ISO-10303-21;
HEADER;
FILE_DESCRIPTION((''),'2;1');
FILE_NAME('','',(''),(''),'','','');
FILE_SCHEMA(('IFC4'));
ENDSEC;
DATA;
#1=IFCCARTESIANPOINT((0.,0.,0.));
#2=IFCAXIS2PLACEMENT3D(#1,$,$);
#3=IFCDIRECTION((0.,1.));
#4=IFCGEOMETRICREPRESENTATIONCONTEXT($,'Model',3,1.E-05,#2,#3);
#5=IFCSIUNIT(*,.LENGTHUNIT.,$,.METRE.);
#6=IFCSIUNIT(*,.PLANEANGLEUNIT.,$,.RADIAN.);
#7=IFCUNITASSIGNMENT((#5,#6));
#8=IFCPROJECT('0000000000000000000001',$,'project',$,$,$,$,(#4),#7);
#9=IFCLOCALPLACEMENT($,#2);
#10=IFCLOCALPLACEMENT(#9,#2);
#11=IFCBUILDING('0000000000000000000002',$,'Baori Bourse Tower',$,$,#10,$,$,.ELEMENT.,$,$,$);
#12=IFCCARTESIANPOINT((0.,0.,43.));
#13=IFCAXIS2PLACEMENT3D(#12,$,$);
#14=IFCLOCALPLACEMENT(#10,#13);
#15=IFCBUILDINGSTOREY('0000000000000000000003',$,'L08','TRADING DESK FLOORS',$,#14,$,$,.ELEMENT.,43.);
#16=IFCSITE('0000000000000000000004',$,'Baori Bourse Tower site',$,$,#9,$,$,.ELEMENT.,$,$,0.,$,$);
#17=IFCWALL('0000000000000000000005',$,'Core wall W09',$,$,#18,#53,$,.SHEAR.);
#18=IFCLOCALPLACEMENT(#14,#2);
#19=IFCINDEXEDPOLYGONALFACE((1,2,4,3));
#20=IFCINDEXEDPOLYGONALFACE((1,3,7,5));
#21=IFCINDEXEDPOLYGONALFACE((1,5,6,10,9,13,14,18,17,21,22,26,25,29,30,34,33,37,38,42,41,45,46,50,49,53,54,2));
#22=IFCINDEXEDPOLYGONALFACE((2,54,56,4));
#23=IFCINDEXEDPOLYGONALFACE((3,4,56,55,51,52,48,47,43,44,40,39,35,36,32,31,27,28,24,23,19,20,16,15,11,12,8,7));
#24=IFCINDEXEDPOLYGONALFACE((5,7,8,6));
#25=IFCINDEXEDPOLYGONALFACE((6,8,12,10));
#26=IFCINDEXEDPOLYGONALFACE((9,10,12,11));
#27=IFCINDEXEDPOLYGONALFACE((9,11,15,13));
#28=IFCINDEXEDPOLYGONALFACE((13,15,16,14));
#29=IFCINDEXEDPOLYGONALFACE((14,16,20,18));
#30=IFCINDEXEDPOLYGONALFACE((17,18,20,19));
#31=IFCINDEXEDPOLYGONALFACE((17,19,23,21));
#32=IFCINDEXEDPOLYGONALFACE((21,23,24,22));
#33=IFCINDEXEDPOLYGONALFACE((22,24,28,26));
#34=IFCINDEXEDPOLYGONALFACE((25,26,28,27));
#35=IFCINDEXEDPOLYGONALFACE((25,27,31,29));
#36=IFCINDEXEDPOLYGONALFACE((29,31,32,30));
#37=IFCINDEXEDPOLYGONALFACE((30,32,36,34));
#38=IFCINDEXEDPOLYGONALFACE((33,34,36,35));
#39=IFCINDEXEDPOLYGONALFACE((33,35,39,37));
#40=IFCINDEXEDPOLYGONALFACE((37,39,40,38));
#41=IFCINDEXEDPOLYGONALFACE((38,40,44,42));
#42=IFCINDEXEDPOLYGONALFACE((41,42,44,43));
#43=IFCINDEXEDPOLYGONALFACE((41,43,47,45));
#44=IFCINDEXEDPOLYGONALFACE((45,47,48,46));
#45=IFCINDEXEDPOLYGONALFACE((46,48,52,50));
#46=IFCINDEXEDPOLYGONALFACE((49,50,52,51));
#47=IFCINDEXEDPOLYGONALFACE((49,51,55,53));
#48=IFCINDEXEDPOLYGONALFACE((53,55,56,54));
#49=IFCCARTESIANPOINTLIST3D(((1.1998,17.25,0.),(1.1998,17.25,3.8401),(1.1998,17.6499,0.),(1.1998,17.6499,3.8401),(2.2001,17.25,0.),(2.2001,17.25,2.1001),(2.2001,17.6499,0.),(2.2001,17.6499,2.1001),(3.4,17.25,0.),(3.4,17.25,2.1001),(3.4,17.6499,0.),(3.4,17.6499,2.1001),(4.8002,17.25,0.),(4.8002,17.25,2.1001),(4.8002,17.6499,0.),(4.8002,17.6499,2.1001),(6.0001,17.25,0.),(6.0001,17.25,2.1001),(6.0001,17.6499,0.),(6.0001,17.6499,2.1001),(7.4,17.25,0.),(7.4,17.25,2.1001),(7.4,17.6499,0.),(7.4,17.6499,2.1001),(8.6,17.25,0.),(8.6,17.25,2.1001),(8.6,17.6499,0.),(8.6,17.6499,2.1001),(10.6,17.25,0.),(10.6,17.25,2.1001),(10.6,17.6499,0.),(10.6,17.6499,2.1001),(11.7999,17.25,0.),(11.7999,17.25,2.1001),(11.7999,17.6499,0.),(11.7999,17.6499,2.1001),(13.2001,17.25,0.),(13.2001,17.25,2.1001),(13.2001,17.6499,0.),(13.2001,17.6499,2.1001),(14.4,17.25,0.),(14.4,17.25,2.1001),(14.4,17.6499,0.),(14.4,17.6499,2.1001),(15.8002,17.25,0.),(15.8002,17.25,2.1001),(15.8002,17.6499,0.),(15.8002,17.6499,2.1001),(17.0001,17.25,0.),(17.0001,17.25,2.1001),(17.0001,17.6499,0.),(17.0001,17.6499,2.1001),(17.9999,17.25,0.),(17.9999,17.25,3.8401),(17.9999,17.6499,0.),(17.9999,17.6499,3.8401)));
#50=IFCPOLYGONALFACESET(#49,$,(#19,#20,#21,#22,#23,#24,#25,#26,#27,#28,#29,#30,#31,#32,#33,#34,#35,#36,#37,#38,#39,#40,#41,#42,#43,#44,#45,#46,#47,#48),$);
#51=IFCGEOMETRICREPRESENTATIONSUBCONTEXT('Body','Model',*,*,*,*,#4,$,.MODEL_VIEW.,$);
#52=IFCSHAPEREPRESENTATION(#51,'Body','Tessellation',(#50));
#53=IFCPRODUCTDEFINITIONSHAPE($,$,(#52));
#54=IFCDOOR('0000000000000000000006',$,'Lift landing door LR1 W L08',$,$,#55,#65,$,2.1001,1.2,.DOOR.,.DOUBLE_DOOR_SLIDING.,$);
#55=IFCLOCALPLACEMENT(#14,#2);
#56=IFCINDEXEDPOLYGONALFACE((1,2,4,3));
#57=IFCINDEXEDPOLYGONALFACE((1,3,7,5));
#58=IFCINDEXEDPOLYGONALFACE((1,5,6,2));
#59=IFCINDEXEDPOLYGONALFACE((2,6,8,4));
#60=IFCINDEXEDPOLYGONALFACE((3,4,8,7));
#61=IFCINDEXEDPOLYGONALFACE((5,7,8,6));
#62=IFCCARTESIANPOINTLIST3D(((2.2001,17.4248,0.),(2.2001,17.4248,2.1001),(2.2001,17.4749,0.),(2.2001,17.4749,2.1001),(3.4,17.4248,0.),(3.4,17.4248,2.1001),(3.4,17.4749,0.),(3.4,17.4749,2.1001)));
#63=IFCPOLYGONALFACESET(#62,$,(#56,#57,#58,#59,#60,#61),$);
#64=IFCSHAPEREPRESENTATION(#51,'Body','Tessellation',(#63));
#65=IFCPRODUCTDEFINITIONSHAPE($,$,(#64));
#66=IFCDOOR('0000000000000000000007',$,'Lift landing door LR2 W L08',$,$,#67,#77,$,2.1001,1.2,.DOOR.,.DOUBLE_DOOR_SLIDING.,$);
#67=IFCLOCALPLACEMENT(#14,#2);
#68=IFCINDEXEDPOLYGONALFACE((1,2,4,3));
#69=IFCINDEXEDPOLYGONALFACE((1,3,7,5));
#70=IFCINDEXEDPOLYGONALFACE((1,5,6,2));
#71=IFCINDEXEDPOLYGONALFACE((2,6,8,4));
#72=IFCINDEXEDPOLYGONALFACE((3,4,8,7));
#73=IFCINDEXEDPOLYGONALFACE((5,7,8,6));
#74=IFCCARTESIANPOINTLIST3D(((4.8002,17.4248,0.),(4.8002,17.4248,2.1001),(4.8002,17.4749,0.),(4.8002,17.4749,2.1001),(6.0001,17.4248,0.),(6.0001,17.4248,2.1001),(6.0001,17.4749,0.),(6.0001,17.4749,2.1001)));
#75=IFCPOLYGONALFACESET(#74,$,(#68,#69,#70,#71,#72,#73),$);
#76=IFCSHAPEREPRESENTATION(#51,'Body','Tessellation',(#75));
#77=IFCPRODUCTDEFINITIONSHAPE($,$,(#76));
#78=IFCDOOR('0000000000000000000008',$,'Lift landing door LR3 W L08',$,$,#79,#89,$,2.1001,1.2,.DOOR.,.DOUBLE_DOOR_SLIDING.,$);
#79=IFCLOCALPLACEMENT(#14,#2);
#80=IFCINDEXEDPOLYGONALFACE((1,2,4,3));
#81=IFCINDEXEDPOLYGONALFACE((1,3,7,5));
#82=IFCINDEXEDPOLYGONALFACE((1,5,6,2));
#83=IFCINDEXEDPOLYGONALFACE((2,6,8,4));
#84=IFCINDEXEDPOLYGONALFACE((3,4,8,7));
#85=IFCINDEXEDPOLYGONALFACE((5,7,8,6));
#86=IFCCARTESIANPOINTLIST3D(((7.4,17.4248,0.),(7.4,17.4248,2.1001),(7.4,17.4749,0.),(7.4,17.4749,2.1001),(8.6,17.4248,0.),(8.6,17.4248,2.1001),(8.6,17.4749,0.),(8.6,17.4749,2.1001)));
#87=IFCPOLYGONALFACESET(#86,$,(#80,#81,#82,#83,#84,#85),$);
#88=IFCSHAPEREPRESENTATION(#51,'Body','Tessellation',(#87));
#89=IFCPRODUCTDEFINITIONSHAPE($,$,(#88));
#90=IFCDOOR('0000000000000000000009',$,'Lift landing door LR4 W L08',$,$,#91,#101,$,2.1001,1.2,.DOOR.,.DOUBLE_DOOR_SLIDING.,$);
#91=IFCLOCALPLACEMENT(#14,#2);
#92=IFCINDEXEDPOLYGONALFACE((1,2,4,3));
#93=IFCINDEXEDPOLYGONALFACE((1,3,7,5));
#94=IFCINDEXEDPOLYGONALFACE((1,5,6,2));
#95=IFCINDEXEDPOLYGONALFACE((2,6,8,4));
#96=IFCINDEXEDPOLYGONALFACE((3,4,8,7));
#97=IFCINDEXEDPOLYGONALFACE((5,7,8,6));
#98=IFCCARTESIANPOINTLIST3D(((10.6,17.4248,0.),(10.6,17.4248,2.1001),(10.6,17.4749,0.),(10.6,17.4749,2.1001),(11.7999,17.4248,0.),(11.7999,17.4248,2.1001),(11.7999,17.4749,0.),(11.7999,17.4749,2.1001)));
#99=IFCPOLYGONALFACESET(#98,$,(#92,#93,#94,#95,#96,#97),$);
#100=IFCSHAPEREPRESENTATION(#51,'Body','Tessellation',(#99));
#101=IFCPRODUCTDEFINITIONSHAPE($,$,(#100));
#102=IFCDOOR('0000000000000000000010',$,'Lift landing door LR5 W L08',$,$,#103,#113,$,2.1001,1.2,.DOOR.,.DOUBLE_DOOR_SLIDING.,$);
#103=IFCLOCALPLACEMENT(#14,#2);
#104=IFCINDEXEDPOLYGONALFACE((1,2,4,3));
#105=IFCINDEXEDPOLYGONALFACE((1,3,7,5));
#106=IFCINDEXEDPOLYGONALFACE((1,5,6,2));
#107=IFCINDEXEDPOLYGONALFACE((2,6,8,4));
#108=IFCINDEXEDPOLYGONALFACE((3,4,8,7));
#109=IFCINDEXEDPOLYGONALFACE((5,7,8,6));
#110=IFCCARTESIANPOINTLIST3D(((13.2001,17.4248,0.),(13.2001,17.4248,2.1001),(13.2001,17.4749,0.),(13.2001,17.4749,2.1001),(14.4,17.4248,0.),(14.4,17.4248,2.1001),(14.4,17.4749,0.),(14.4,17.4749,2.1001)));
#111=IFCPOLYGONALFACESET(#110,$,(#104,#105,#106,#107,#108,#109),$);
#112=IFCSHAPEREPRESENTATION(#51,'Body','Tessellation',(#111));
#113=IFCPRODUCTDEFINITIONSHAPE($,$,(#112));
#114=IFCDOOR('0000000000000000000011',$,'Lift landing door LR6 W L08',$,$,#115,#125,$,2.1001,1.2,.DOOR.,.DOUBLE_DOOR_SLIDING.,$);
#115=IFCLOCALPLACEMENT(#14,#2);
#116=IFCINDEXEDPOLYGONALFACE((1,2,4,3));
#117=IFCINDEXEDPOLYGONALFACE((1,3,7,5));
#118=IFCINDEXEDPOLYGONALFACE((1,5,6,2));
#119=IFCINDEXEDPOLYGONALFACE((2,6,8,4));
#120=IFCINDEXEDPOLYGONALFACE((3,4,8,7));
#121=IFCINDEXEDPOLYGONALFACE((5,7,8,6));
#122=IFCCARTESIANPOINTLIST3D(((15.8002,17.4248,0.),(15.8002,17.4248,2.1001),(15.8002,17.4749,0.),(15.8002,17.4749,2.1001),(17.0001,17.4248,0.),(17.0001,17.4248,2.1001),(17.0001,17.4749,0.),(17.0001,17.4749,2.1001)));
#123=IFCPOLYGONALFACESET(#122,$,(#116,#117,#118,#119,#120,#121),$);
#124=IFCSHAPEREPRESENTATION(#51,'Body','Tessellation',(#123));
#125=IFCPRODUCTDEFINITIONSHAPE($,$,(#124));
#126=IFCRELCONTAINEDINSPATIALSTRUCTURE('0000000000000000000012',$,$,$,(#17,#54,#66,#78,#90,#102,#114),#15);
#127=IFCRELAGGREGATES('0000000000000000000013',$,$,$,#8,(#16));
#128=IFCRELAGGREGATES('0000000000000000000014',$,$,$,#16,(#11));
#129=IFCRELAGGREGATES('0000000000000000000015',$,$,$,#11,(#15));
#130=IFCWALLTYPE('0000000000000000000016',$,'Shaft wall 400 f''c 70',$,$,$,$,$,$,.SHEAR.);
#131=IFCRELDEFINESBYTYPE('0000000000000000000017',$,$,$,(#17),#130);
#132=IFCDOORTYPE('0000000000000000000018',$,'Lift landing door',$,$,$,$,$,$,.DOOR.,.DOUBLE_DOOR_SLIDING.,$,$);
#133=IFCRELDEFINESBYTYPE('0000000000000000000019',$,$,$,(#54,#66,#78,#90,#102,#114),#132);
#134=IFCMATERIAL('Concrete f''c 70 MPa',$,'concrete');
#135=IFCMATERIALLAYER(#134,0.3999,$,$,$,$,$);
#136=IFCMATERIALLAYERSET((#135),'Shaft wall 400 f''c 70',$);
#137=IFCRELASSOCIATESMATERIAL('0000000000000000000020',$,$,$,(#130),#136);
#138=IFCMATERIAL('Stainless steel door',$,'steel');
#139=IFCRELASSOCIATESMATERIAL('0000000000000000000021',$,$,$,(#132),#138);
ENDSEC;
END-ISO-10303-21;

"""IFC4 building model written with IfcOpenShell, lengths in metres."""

from ifc_helpers import new_model, si_unit, direction, frame, frame_2d, origin, place, context, subcontext, project, spatial, rectangle, extrude, material, layer, layer_set, type_object, element, fill, save


model = new_model("IFC4")

# Units and contexts
model_context = context("Model", 3, precision=1e-05, world=origin(), true_north=direction((0.0, 1.0)))
body_context = subcontext(model_context, "Body", "Model", "MODEL_VIEW")
ifc_project = project(units=[si_unit("LENGTHUNIT", "METRE"), si_unit("PLANEANGLEUNIT", "RADIAN")], contexts=[model_context])

# Site, building, storey
site_placement = place(None, origin())
site = spatial("IfcSite", under=ifc_project, at=site_placement, Name="Baori Bourse Tower site", CompositionType="ELEMENT", RefElevation=0.0)
building_placement = place(site_placement, origin())
building = spatial("IfcBuilding", under=site, at=building_placement, Name="Baori Bourse Tower", CompositionType="ELEMENT")
storey_placement = place(building_placement, frame((0.0, 0.0, 43.0)))
storey = spatial("IfcBuildingStorey", under=building, at=storey_placement, Name="L08", Description="TRADING DESK FLOORS", CompositionType="ELEMENT", Elevation=43.0)

# Shared definitions
ifc_material_1 = material(Name="Concrete f'c 70 MPa", Category="concrete")
ifc_layer_1 = layer(ifc_material_1, 0.3999)
ifc_layer_set_1 = layer_set([ifc_layer_1], Name="Shaft wall 400 f'c 70")
wall_type_1 = type_object("IfcWallType", Name="Shaft wall 400 f'c 70", PredefinedType="SHEAR", material=ifc_layer_set_1)

# Wall, openings, doors
wall_1_placement = place(storey_placement, frame((1.2, 17.45, 0.0), z_axis=(0.0, 0.0, 1.0), x_axis=(1.0, 0.0, 0.0)))
wall_1 = element("IfcWall", 1, at=wall_1_placement, inside=storey, type_object=wall_type_1, Name="Core wall W09", PredefinedType="SHEAR", context=body_context, shape_type="SweptSolid", body=[
    extrude(rectangle(XDim=16.8, YDim=0.3999, at=frame_2d((8.3999, 0.0))), origin(), (0.0, 0.0, 1.0), 3.8401),
])
opening_1_placement = place(wall_1_placement, frame((1.0, 0.0, 0.0)))
opening_1 = element("IfcOpeningElement", 2, at=opening_1_placement, cuts=wall_1, PredefinedType="OPENING", context=body_context, shape_type="SweptSolid", body=[
    extrude(rectangle(XDim=1.2, YDim=2.1001, at=frame_2d((0.6001, 1.05))), frame((0.0, 0.21, 0.0), z_axis=(0.0, -1.0, 0.0), x_axis=(1.0, 0.0, 0.0)), (0.0, 0.0, 1.0), 0.4199),
])
opening_2_placement = place(wall_1_placement, frame((3.6001, 0.0, 0.0)))
opening_2 = element("IfcOpeningElement", 3, at=opening_2_placement, cuts=wall_1, PredefinedType="OPENING", context=body_context, shape_type="SweptSolid", body=[
    extrude(rectangle(XDim=1.2, YDim=2.1001, at=frame_2d((0.6001, 1.05))), frame((0.0, 0.21, 0.0), z_axis=(0.0, -1.0, 0.0), x_axis=(1.0, 0.0, 0.0)), (0.0, 0.0, 1.0), 0.4199),
])
opening_3_placement = place(wall_1_placement, frame((6.2, 0.0, 0.0)))
opening_3 = element("IfcOpeningElement", 4, at=opening_3_placement, cuts=wall_1, PredefinedType="OPENING", context=body_context, shape_type="SweptSolid", body=[
    extrude(rectangle(XDim=1.2, YDim=2.1001, at=frame_2d((0.6001, 1.05))), frame((0.0, 0.21, 0.0), z_axis=(0.0, -1.0, 0.0), x_axis=(1.0, 0.0, 0.0)), (0.0, 0.0, 1.0), 0.4199),
])
opening_4_placement = place(wall_1_placement, frame((9.3999, 0.0, 0.0)))
opening_4 = element("IfcOpeningElement", 5, at=opening_4_placement, cuts=wall_1, PredefinedType="OPENING", context=body_context, shape_type="SweptSolid", body=[
    extrude(rectangle(XDim=1.2, YDim=2.1001, at=frame_2d((0.6001, 1.05))), frame((0.0, 0.21, 0.0), z_axis=(0.0, -1.0, 0.0), x_axis=(1.0, 0.0, 0.0)), (0.0, 0.0, 1.0), 0.4199),
])
opening_5_placement = place(wall_1_placement, frame((12.0, 0.0, 0.0)))
opening_5 = element("IfcOpeningElement", 6, at=opening_5_placement, cuts=wall_1, PredefinedType="OPENING", context=body_context, shape_type="SweptSolid", body=[
    extrude(rectangle(XDim=1.2, YDim=2.1001, at=frame_2d((0.6001, 1.05))), frame((0.0, 0.21, 0.0), z_axis=(0.0, -1.0, 0.0), x_axis=(1.0, 0.0, 0.0)), (0.0, 0.0, 1.0), 0.4199),
])
opening_6_placement = place(wall_1_placement, frame((14.6001, 0.0, 0.0)))
opening_6 = element("IfcOpeningElement", 7, at=opening_6_placement, cuts=wall_1, PredefinedType="OPENING", context=body_context, shape_type="SweptSolid", body=[
    extrude(rectangle(XDim=1.2, YDim=2.1001, at=frame_2d((0.6001, 1.05))), frame((0.0, 0.21, 0.0), z_axis=(0.0, -1.0, 0.0), x_axis=(1.0, 0.0, 0.0)), (0.0, 0.0, 1.0), 0.4199),
])
ifc_material_2 = material(Name="Stainless steel door", Category="steel")
door_type_1 = type_object("IfcDoorType", Name="Lift landing door", OperationType="DOUBLE_DOOR_SLIDING", PredefinedType="DOOR", material=ifc_material_2)
door_1_placement = place(opening_1_placement, origin())
door_1 = element("IfcDoor", 8, at=door_1_placement, inside=storey, type_object=door_type_1, Name="Lift landing door LR1 W L08", OperationType="DOUBLE_DOOR_SLIDING", OverallHeight=2.1001, OverallWidth=1.2, PredefinedType="DOOR", context=body_context, shape_type="SweptSolid", body=[
    extrude(rectangle(XDim=1.2, YDim=2.1001, at=frame_2d((0.6001, 1.05))), frame((0.0, 0.0249, 0.0), z_axis=(0.0, -1.0, 0.0), x_axis=(1.0, 0.0, 0.0)), (0.0, 0.0, 1.0), 0.05),
])
fill(opening_1, door_1)
door_2_placement = place(opening_2_placement, origin())
door_2 = element("IfcDoor", 9, at=door_2_placement, inside=storey, type_object=door_type_1, Name="Lift landing door LR2 W L08", OperationType="DOUBLE_DOOR_SLIDING", OverallHeight=2.1001, OverallWidth=1.2, PredefinedType="DOOR", context=body_context, shape_type="SweptSolid", body=[
    extrude(rectangle(XDim=1.2, YDim=2.1001, at=frame_2d((0.6001, 1.05))), frame((0.0, 0.0249, 0.0), z_axis=(0.0, -1.0, 0.0), x_axis=(1.0, 0.0, 0.0)), (0.0, 0.0, 1.0), 0.05),
])
fill(opening_2, door_2)
door_3_placement = place(opening_3_placement, origin())
door_3 = element("IfcDoor", 10, at=door_3_placement, inside=storey, type_object=door_type_1, Name="Lift landing door LR3 W L08", OperationType="DOUBLE_DOOR_SLIDING", OverallHeight=2.1001, OverallWidth=1.2, PredefinedType="DOOR", context=body_context, shape_type="SweptSolid", body=[
    extrude(rectangle(XDim=1.2, YDim=2.1001, at=frame_2d((0.6001, 1.05))), frame((0.0, 0.0249, 0.0), z_axis=(0.0, -1.0, 0.0), x_axis=(1.0, 0.0, 0.0)), (0.0, 0.0, 1.0), 0.05),
])
fill(opening_3, door_3)
door_4_placement = place(opening_4_placement, origin())
door_4 = element("IfcDoor", 11, at=door_4_placement, inside=storey, type_object=door_type_1, Name="Lift landing door LR4 W L08", OperationType="DOUBLE_DOOR_SLIDING", OverallHeight=2.1001, OverallWidth=1.2, PredefinedType="DOOR", context=body_context, shape_type="SweptSolid", body=[
    extrude(rectangle(XDim=1.2, YDim=2.1001, at=frame_2d((0.6001, 1.05))), frame((0.0, 0.0249, 0.0), z_axis=(0.0, -1.0, 0.0), x_axis=(1.0, 0.0, 0.0)), (0.0, 0.0, 1.0), 0.05),
])
fill(opening_4, door_4)
door_5_placement = place(opening_5_placement, origin())
door_5 = element("IfcDoor", 12, at=door_5_placement, inside=storey, type_object=door_type_1, Name="Lift landing door LR5 W L08", OperationType="DOUBLE_DOOR_SLIDING", OverallHeight=2.1001, OverallWidth=1.2, PredefinedType="DOOR", context=body_context, shape_type="SweptSolid", body=[
    extrude(rectangle(XDim=1.2, YDim=2.1001, at=frame_2d((0.6001, 1.05))), frame((0.0, 0.0249, 0.0), z_axis=(0.0, -1.0, 0.0), x_axis=(1.0, 0.0, 0.0)), (0.0, 0.0, 1.0), 0.05),
])
fill(opening_5, door_5)
door_6_placement = place(opening_6_placement, origin())
door_6 = element("IfcDoor", 13, at=door_6_placement, inside=storey, type_object=door_type_1, Name="Lift landing door LR6 W L08", OperationType="DOUBLE_DOOR_SLIDING", OverallHeight=2.1001, OverallWidth=1.2, PredefinedType="DOOR", context=body_context, shape_type="SweptSolid", body=[
    extrude(rectangle(XDim=1.2, YDim=2.1001, at=frame_2d((0.6001, 1.05))), frame((0.0, 0.0249, 0.0), z_axis=(0.0, -1.0, 0.0), x_axis=(1.0, 0.0, 0.0)), (0.0, 0.0, 1.0), 0.05),
])
fill(opening_6, door_6)

save(model, "model.ifc")
